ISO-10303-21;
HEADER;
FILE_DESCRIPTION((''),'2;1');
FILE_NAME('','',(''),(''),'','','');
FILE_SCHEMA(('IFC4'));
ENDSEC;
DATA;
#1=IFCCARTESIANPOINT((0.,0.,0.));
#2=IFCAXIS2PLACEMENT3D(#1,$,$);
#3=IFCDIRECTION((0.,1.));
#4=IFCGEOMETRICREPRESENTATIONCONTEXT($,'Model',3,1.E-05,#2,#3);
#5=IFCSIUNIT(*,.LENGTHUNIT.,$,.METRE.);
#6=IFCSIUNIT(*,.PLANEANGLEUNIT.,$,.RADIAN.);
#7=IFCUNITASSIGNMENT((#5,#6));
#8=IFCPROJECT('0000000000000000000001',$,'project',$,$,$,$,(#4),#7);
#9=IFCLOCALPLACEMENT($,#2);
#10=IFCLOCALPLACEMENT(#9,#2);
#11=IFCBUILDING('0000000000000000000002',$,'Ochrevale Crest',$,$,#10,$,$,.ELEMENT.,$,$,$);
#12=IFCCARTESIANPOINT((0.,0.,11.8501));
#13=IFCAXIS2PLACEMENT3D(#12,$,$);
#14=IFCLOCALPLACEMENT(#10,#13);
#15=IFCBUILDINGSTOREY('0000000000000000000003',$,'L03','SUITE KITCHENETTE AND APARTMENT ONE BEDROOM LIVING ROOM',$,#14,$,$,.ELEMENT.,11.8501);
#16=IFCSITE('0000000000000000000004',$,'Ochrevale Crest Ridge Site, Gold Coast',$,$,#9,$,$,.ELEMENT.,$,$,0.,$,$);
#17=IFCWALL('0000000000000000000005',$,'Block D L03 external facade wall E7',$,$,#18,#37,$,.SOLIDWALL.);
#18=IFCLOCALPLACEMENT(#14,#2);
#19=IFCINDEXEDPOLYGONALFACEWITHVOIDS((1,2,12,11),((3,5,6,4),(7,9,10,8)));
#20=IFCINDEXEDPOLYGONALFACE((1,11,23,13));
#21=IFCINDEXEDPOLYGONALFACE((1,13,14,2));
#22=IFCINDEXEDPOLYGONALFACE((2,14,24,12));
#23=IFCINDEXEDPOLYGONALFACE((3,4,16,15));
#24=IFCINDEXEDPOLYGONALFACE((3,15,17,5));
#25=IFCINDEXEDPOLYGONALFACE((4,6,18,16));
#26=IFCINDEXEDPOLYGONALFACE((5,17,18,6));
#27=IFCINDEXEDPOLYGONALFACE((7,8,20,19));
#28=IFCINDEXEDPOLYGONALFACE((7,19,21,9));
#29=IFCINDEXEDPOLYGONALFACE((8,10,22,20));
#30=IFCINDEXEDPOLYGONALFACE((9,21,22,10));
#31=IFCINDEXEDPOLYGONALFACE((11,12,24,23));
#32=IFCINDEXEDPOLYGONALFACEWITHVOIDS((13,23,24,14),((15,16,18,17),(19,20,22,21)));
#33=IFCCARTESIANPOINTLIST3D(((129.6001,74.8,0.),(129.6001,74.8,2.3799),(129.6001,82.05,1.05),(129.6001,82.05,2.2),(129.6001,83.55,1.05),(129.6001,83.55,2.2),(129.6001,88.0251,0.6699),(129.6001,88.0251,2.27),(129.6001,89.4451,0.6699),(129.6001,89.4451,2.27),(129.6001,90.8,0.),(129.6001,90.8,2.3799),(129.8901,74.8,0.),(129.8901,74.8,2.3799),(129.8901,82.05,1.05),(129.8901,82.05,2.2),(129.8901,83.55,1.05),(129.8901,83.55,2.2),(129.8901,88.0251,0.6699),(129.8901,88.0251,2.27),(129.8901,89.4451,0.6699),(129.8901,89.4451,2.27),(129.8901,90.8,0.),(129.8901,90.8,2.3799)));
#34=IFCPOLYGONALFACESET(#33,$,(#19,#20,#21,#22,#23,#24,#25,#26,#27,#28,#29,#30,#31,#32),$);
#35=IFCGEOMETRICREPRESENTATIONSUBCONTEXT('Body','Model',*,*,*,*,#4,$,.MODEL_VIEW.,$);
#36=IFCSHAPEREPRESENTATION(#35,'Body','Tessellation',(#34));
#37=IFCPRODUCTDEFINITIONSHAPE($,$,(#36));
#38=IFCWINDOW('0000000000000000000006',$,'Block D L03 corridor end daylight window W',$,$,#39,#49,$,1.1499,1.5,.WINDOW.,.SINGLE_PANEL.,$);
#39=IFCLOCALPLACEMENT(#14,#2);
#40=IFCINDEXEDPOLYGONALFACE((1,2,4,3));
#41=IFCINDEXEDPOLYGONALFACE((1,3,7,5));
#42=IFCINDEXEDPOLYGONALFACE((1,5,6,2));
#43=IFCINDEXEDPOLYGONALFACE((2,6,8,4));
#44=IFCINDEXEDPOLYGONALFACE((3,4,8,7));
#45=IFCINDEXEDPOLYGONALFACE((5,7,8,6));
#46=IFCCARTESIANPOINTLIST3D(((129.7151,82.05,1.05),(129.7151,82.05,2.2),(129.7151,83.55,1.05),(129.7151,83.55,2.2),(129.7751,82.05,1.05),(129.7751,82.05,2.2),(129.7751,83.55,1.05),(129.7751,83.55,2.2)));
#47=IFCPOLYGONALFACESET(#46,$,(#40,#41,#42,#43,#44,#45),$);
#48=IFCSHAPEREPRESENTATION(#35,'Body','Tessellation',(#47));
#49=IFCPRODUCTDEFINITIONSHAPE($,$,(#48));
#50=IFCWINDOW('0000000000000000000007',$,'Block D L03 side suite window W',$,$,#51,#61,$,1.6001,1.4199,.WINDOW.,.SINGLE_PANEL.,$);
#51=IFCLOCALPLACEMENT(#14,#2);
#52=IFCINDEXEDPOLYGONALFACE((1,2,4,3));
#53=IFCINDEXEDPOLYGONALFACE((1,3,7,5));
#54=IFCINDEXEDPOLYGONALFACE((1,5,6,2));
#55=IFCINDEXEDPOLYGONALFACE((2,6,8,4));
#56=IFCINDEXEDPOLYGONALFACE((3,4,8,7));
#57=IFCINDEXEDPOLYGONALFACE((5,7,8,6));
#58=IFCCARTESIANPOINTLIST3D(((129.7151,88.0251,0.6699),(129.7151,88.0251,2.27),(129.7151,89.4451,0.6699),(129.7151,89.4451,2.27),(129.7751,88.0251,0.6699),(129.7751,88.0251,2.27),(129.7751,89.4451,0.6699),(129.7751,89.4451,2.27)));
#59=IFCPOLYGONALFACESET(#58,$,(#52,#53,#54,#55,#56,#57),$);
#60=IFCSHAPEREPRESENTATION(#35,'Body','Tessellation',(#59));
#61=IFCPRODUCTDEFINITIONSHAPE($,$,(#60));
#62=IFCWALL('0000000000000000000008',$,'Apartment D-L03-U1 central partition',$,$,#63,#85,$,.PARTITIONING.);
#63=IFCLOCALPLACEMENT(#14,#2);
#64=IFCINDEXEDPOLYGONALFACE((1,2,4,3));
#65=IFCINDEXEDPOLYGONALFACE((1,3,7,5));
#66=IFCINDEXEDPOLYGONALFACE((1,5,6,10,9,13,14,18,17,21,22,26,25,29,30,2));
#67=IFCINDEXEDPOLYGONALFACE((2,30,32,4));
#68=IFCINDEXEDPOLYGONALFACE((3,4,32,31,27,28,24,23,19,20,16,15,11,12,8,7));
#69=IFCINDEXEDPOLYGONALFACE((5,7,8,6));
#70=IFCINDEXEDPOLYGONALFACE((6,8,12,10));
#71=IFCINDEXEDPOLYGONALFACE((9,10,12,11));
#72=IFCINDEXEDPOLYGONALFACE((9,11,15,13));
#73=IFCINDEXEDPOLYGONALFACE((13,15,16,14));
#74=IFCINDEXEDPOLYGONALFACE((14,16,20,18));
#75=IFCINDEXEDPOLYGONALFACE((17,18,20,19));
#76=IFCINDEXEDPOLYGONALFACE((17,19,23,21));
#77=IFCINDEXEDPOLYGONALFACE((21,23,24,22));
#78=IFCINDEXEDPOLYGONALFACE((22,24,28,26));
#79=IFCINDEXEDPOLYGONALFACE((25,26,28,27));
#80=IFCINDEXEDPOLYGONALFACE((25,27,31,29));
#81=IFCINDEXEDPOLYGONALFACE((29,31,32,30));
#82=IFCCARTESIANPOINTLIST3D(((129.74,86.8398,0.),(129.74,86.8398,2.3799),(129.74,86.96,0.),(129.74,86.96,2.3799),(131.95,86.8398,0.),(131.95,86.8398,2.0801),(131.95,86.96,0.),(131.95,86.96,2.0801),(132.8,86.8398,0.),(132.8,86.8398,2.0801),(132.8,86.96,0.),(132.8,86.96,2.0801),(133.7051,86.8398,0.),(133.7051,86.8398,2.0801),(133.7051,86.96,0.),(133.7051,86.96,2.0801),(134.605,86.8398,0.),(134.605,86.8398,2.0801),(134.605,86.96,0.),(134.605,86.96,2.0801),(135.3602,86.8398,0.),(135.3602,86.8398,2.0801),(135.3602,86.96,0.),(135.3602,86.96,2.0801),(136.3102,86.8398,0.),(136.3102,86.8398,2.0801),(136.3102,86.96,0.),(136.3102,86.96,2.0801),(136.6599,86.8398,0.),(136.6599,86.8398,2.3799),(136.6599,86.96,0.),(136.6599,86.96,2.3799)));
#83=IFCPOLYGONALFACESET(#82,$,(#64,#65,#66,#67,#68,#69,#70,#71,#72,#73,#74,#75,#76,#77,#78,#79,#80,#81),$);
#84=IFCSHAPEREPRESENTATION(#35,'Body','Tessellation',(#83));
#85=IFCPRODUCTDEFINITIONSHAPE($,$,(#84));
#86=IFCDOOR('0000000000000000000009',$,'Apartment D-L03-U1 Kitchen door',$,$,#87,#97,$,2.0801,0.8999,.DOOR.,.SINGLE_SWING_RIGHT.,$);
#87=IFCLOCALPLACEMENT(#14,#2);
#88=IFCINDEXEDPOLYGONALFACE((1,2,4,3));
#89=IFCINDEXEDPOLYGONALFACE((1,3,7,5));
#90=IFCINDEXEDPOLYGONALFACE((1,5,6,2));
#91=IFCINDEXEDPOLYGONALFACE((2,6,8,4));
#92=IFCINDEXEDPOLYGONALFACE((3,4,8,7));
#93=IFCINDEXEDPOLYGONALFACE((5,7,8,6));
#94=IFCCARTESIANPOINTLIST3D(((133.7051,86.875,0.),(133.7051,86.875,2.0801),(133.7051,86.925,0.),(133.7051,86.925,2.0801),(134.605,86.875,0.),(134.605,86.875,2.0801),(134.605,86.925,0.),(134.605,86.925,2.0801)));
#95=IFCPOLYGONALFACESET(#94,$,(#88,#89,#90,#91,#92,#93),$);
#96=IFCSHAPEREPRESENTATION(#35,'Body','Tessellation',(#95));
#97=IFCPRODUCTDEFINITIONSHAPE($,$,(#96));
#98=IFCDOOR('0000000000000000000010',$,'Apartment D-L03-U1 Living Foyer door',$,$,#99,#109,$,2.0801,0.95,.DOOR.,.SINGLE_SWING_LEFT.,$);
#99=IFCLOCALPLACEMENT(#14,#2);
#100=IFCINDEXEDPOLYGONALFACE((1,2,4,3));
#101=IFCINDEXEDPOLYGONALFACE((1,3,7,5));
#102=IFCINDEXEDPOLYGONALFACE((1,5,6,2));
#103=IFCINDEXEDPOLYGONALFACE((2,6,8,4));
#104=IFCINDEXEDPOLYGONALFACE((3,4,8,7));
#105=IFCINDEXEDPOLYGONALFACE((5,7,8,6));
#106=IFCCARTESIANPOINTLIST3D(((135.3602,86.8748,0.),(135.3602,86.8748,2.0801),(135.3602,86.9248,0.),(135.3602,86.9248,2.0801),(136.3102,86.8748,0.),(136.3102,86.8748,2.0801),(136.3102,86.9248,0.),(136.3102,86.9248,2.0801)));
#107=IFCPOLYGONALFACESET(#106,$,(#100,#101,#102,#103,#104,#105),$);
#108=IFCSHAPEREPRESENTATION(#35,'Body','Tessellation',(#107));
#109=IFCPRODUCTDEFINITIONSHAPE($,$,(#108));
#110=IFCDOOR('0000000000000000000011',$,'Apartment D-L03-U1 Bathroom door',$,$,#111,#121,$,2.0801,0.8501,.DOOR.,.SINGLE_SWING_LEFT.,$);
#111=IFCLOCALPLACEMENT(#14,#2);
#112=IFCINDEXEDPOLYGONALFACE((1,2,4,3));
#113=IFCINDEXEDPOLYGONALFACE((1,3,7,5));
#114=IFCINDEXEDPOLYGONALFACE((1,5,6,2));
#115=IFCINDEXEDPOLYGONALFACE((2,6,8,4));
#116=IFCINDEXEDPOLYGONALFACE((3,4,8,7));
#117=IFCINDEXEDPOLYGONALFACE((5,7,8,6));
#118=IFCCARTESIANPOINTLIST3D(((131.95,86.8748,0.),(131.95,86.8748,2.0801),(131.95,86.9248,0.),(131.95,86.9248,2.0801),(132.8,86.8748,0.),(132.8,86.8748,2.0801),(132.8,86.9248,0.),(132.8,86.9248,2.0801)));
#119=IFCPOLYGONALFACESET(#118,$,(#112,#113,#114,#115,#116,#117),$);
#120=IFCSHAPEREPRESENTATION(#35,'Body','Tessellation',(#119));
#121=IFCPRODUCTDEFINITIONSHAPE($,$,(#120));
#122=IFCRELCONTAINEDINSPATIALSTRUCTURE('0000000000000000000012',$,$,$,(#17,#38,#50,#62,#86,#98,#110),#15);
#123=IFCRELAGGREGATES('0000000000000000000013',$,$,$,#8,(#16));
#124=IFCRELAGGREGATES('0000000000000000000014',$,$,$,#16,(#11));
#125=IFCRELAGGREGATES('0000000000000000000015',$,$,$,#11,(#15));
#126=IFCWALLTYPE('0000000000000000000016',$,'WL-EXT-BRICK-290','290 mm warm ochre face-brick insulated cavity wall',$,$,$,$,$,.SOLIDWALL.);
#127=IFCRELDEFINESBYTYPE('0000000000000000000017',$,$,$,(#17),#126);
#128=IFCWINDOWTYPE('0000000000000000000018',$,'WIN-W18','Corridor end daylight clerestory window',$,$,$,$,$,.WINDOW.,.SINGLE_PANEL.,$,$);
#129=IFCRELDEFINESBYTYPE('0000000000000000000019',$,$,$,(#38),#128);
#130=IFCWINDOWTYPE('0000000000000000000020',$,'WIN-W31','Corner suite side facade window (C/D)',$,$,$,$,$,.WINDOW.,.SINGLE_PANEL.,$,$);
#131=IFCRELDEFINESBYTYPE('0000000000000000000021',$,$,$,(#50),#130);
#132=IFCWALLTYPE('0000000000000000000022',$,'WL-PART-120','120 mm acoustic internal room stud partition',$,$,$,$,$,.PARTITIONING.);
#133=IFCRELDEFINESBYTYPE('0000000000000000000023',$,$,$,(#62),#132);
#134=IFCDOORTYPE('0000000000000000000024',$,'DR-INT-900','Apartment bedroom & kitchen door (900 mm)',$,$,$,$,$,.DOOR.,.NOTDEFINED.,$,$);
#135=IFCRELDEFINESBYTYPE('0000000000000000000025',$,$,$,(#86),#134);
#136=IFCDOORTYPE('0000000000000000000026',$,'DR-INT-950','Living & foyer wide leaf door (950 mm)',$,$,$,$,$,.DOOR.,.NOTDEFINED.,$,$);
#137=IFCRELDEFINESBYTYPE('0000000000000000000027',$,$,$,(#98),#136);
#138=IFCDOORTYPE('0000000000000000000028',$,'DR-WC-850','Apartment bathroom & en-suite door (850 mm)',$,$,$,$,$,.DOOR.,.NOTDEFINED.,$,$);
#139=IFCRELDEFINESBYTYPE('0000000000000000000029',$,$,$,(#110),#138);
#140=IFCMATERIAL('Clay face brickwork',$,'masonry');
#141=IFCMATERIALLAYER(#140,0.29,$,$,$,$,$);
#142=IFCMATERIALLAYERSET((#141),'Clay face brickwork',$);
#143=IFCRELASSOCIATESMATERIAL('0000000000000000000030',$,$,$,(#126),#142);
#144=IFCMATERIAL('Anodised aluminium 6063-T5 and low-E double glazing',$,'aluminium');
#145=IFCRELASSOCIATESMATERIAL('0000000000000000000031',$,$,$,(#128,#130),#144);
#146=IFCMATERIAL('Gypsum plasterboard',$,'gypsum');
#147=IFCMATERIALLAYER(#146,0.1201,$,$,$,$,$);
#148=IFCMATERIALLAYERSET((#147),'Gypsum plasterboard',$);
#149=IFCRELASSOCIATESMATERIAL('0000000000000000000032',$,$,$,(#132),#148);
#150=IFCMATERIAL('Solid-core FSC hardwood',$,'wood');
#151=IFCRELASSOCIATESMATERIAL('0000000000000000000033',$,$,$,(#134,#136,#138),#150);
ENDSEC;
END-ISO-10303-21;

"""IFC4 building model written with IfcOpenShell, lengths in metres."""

from ifc_helpers import new_model, si_unit, direction, frame, frame_2d, origin, place, context, subcontext, project, spatial, rectangle, extrude, material, layer, layer_set, type_object, element, fill, save


model = new_model("IFC4")

# Units and contexts
model_context = context("Model", 3, precision=1e-05, world=origin(), true_north=direction((0.0, 1.0)))
body_context = subcontext(model_context, "Body", "Model", "MODEL_VIEW")
ifc_project = project(units=[si_unit("LENGTHUNIT", "METRE"), si_unit("PLANEANGLEUNIT", "RADIAN")], contexts=[model_context])

# Site, building, storey
site_placement = place(None, origin())
site = spatial("IfcSite", under=ifc_project, at=site_placement, Name="Ochrevale Crest Ridge Site, Gold Coast", CompositionType="ELEMENT", RefElevation=0.0)
building_placement = place(site_placement, origin())
building = spatial("IfcBuilding", under=site, at=building_placement, Name="Ochrevale Crest", CompositionType="ELEMENT")
storey_placement = place(building_placement, frame((0.0, 0.0, 11.8501)))
storey = spatial("IfcBuildingStorey", under=building, at=storey_placement, Name="L03", Description="SUITE KITCHENETTE AND APARTMENT ONE BEDROOM LIVING ROOM", CompositionType="ELEMENT", Elevation=11.8501)

# Shared definitions
ifc_material_1 = material(Name="Gypsum plasterboard", Category="gypsum")
ifc_material_2 = material(Name="Solid-core FSC hardwood", Category="wood")

# Wall, openings, windows
ifc_material_3 = material(Name="Clay face brickwork", Category="masonry")
ifc_layer_1 = layer(ifc_material_3, 0.29)
ifc_layer_set_1 = layer_set([ifc_layer_1], Name="Clay face brickwork")
wall_type_1 = type_object("IfcWallType", Name="WL-EXT-BRICK-290", Description="290 mm warm ochre face-brick insulated cavity wall", PredefinedType="SOLIDWALL", material=ifc_layer_set_1)
wall_1_placement = place(storey_placement, frame((129.7451, 90.8, 0.0), z_axis=(0.0, 0.0, 1.0), x_axis=(0.0, -1.0, 0.0)))
wall_1 = element("IfcWall", 1, at=wall_1_placement, inside=storey, type_object=wall_type_1, Name="Block D L03 external facade wall E7", PredefinedType="SOLIDWALL", context=body_context, shape_type="SweptSolid", body=[
    extrude(rectangle(XDim=16.0, YDim=0.29, at=frame_2d((8.0, 0.0))), origin(), (0.0, 0.0, 1.0), 2.3799),
])
opening_1_placement = place(wall_1_placement, frame((7.25, 0.0, 1.05)))
opening_1 = element("IfcOpeningElement", 2, at=opening_1_placement, cuts=wall_1, PredefinedType="OPENING", context=body_context, shape_type="SweptSolid", body=[
    extrude(rectangle(XDim=1.5, YDim=1.1499, at=frame_2d((0.75, 0.575))), frame((0.0, 0.155, 0.0), z_axis=(0.0, -1.0, 0.0), x_axis=(1.0, 0.0, 0.0)), (0.0, 0.0, 1.0), 0.3101),
])
opening_2_placement = place(wall_1_placement, frame((1.355, 0.0, 0.6699)))
opening_2 = element("IfcOpeningElement", 3, at=opening_2_placement, cuts=wall_1, PredefinedType="OPENING", context=body_context, shape_type="SweptSolid", body=[
    extrude(rectangle(XDim=1.4199, YDim=1.6001, at=frame_2d((0.71, 0.8))), frame((0.0, 0.155, 0.0), z_axis=(0.0, -1.0, 0.0), x_axis=(1.0, 0.0, 0.0)), (0.0, 0.0, 1.0), 0.3101),
])
ifc_material_4 = material(Name="Anodised aluminium 6063-T5 and low-E double glazing", Category="aluminium")
window_type_1 = type_object("IfcWindowType", Name="WIN-W18", Description="Corridor end daylight clerestory window", PartitioningType="SINGLE_PANEL", PredefinedType="WINDOW", material=ifc_material_4)
window_1_placement = place(opening_1_placement, origin())
window_1 = element("IfcWindow", 4, at=window_1_placement, inside=storey, type_object=window_type_1, Name="Block D L03 corridor end daylight window W", OverallHeight=1.1499, OverallWidth=1.5, PartitioningType="SINGLE_PANEL", PredefinedType="WINDOW", context=body_context, shape_type="SweptSolid", body=[
    extrude(rectangle(XDim=1.5, YDim=1.1499, at=frame_2d((0.75, 0.575))), frame((0.0, 0.03, 0.0), z_axis=(0.0, -1.0, 0.0), x_axis=(1.0, 0.0, 0.0)), (0.0, 0.0, 1.0), 0.0601),
])
fill(opening_1, window_1)
window_type_2 = type_object("IfcWindowType", Name="WIN-W31", Description="Corner suite side facade window (C/D)", PartitioningType="SINGLE_PANEL", PredefinedType="WINDOW", material=ifc_material_4)
window_2_placement = place(opening_2_placement, origin())
window_2 = element("IfcWindow", 5, at=window_2_placement, inside=storey, type_object=window_type_2, Name="Block D L03 side suite window W", OverallHeight=1.6001, OverallWidth=1.4199, PartitioningType="SINGLE_PANEL", PredefinedType="WINDOW", context=body_context, shape_type="SweptSolid", body=[
    extrude(rectangle(XDim=1.4199, YDim=1.6001, at=frame_2d((0.71, 0.8))), frame((0.0, 0.03, 0.0), z_axis=(0.0, -1.0, 0.0), x_axis=(1.0, 0.0, 0.0)), (0.0, 0.0, 1.0), 0.0601),
])
fill(opening_2, window_2)

# Wall, openings, doors
ifc_layer_2 = layer(ifc_material_1, 0.1201)
ifc_layer_set_2 = layer_set([ifc_layer_2], Name="Gypsum plasterboard")
wall_type_2 = type_object("IfcWallType", Name="WL-PART-120", Description="120 mm acoustic internal room stud partition", PredefinedType="PARTITIONING", material=ifc_layer_set_2)
wall_2_placement = place(storey_placement, frame((129.74, 86.8999, 0.0), z_axis=(0.0, 0.0, 1.0), x_axis=(1.0, 0.0, 0.0)))
wall_2 = element("IfcWall", 6, at=wall_2_placement, inside=storey, type_object=wall_type_2, Name="Apartment D-L03-U1 central partition", PredefinedType="PARTITIONING", context=body_context, shape_type="SweptSolid", body=[
    extrude(rectangle(XDim=6.9199, YDim=0.1201, at=frame_2d((3.46, 0.0))), origin(), (0.0, 0.0, 1.0), 2.3799),
])
opening_3_placement = place(wall_2_placement, frame((2.21, 0.0, 0.0)))
opening_3 = element("IfcOpeningElement", 7, at=opening_3_placement, cuts=wall_2, PredefinedType="OPENING", context=body_context, shape_type="SweptSolid", body=[
    extrude(rectangle(XDim=0.8501, YDim=2.0801, at=frame_2d((0.425, 1.04))), frame((0.0, 0.0701, 0.0), z_axis=(0.0, -1.0, 0.0), x_axis=(1.0, 0.0, 0.0)), (0.0, 0.0, 1.0), 0.1401),
])
opening_4_placement = place(wall_2_placement, frame((4.865, 0.0, 0.0), z_axis=(0.0, 0.0, 1.0), x_axis=(-1.0, 0.0, 0.0)))
opening_4 = element("IfcOpeningElement", 8, at=opening_4_placement, cuts=wall_2, PredefinedType="OPENING", context=body_context, shape_type="SweptSolid", body=[
    extrude(rectangle(XDim=0.8999, YDim=2.0801, at=frame_2d((0.45, 1.04))), frame((0.0, 0.0701, 0.0), z_axis=(0.0, -1.0, 0.0), x_axis=(1.0, 0.0, 0.0)), (0.0, 0.0, 1.0), 0.1401),
])
opening_5_placement = place(wall_2_placement, frame((5.6201, 0.0, 0.0)))
opening_5 = element("IfcOpeningElement", 9, at=opening_5_placement, cuts=wall_2, PredefinedType="OPENING", context=body_context, shape_type="SweptSolid", body=[
    extrude(rectangle(XDim=0.95, YDim=2.0801, at=frame_2d((0.4751, 1.04))), frame((0.0, 0.0701, 0.0), z_axis=(0.0, -1.0, 0.0), x_axis=(1.0, 0.0, 0.0)), (0.0, 0.0, 1.0), 0.1401),
])
door_type_1 = type_object("IfcDoorType", Name="DR-INT-900", Description="Apartment bedroom & kitchen door (900 mm)", OperationType="NOTDEFINED", PredefinedType="DOOR", material=ifc_material_2)
door_1_placement = place(opening_4_placement, origin())
door_1 = element("IfcDoor", 10, at=door_1_placement, inside=storey, type_object=door_type_1, Name="Apartment D-L03-U1 Kitchen door", OperationType="SINGLE_SWING_RIGHT", OverallHeight=2.0801, OverallWidth=0.8999, PredefinedType="DOOR", context=body_context, shape_type="SweptSolid", body=[
    extrude(rectangle(XDim=0.8999, YDim=2.0801, at=frame_2d((0.45, 1.04))), frame((0.0, 0.0249, 0.0), z_axis=(0.0, -1.0, 0.0), x_axis=(1.0, 0.0, 0.0)), (0.0, 0.0, 1.0), 0.05),
])
fill(opening_4, door_1)
door_type_2 = type_object("IfcDoorType", Name="DR-INT-950", Description="Living & foyer wide leaf door (950 mm)", OperationType="NOTDEFINED", PredefinedType="DOOR", material=ifc_material_2)
door_2_placement = place(opening_5_placement, origin())
door_2 = element("IfcDoor", 11, at=door_2_placement, inside=storey, type_object=door_type_2, Name="Apartment D-L03-U1 Living Foyer door", OperationType="SINGLE_SWING_LEFT", OverallHeight=2.0801, OverallWidth=0.95, PredefinedType="DOOR", context=body_context, shape_type="SweptSolid", body=[
    extrude(rectangle(XDim=0.95, YDim=2.0801, at=frame_2d((0.4751, 1.04))), frame((0.0, 0.0249, 0.0), z_axis=(0.0, -1.0, 0.0), x_axis=(1.0, 0.0, 0.0)), (0.0, 0.0, 1.0), 0.05),
])
fill(opening_5, door_2)
door_type_3 = type_object("IfcDoorType", Name="DR-WC-850", Description="Apartment bathroom & en-suite door (850 mm)", OperationType="NOTDEFINED", PredefinedType="DOOR", material=ifc_material_2)
door_3_placement = place(opening_3_placement, origin())
door_3 = element("IfcDoor", 12, at=door_3_placement, inside=storey, type_object=door_type_3, Name="Apartment D-L03-U1 Bathroom door", OperationType="SINGLE_SWING_LEFT", OverallHeight=2.0801, OverallWidth=0.8501, PredefinedType="DOOR", context=body_context, shape_type="SweptSolid", body=[
    extrude(rectangle(XDim=0.8501, YDim=2.0801, at=frame_2d((0.425, 1.04))), frame((0.0, 0.0249, 0.0), z_axis=(0.0, -1.0, 0.0), x_axis=(1.0, 0.0, 0.0)), (0.0, 0.0, 1.0), 0.05),
])
fill(opening_3, door_3)

save(model, "model.ifc")
